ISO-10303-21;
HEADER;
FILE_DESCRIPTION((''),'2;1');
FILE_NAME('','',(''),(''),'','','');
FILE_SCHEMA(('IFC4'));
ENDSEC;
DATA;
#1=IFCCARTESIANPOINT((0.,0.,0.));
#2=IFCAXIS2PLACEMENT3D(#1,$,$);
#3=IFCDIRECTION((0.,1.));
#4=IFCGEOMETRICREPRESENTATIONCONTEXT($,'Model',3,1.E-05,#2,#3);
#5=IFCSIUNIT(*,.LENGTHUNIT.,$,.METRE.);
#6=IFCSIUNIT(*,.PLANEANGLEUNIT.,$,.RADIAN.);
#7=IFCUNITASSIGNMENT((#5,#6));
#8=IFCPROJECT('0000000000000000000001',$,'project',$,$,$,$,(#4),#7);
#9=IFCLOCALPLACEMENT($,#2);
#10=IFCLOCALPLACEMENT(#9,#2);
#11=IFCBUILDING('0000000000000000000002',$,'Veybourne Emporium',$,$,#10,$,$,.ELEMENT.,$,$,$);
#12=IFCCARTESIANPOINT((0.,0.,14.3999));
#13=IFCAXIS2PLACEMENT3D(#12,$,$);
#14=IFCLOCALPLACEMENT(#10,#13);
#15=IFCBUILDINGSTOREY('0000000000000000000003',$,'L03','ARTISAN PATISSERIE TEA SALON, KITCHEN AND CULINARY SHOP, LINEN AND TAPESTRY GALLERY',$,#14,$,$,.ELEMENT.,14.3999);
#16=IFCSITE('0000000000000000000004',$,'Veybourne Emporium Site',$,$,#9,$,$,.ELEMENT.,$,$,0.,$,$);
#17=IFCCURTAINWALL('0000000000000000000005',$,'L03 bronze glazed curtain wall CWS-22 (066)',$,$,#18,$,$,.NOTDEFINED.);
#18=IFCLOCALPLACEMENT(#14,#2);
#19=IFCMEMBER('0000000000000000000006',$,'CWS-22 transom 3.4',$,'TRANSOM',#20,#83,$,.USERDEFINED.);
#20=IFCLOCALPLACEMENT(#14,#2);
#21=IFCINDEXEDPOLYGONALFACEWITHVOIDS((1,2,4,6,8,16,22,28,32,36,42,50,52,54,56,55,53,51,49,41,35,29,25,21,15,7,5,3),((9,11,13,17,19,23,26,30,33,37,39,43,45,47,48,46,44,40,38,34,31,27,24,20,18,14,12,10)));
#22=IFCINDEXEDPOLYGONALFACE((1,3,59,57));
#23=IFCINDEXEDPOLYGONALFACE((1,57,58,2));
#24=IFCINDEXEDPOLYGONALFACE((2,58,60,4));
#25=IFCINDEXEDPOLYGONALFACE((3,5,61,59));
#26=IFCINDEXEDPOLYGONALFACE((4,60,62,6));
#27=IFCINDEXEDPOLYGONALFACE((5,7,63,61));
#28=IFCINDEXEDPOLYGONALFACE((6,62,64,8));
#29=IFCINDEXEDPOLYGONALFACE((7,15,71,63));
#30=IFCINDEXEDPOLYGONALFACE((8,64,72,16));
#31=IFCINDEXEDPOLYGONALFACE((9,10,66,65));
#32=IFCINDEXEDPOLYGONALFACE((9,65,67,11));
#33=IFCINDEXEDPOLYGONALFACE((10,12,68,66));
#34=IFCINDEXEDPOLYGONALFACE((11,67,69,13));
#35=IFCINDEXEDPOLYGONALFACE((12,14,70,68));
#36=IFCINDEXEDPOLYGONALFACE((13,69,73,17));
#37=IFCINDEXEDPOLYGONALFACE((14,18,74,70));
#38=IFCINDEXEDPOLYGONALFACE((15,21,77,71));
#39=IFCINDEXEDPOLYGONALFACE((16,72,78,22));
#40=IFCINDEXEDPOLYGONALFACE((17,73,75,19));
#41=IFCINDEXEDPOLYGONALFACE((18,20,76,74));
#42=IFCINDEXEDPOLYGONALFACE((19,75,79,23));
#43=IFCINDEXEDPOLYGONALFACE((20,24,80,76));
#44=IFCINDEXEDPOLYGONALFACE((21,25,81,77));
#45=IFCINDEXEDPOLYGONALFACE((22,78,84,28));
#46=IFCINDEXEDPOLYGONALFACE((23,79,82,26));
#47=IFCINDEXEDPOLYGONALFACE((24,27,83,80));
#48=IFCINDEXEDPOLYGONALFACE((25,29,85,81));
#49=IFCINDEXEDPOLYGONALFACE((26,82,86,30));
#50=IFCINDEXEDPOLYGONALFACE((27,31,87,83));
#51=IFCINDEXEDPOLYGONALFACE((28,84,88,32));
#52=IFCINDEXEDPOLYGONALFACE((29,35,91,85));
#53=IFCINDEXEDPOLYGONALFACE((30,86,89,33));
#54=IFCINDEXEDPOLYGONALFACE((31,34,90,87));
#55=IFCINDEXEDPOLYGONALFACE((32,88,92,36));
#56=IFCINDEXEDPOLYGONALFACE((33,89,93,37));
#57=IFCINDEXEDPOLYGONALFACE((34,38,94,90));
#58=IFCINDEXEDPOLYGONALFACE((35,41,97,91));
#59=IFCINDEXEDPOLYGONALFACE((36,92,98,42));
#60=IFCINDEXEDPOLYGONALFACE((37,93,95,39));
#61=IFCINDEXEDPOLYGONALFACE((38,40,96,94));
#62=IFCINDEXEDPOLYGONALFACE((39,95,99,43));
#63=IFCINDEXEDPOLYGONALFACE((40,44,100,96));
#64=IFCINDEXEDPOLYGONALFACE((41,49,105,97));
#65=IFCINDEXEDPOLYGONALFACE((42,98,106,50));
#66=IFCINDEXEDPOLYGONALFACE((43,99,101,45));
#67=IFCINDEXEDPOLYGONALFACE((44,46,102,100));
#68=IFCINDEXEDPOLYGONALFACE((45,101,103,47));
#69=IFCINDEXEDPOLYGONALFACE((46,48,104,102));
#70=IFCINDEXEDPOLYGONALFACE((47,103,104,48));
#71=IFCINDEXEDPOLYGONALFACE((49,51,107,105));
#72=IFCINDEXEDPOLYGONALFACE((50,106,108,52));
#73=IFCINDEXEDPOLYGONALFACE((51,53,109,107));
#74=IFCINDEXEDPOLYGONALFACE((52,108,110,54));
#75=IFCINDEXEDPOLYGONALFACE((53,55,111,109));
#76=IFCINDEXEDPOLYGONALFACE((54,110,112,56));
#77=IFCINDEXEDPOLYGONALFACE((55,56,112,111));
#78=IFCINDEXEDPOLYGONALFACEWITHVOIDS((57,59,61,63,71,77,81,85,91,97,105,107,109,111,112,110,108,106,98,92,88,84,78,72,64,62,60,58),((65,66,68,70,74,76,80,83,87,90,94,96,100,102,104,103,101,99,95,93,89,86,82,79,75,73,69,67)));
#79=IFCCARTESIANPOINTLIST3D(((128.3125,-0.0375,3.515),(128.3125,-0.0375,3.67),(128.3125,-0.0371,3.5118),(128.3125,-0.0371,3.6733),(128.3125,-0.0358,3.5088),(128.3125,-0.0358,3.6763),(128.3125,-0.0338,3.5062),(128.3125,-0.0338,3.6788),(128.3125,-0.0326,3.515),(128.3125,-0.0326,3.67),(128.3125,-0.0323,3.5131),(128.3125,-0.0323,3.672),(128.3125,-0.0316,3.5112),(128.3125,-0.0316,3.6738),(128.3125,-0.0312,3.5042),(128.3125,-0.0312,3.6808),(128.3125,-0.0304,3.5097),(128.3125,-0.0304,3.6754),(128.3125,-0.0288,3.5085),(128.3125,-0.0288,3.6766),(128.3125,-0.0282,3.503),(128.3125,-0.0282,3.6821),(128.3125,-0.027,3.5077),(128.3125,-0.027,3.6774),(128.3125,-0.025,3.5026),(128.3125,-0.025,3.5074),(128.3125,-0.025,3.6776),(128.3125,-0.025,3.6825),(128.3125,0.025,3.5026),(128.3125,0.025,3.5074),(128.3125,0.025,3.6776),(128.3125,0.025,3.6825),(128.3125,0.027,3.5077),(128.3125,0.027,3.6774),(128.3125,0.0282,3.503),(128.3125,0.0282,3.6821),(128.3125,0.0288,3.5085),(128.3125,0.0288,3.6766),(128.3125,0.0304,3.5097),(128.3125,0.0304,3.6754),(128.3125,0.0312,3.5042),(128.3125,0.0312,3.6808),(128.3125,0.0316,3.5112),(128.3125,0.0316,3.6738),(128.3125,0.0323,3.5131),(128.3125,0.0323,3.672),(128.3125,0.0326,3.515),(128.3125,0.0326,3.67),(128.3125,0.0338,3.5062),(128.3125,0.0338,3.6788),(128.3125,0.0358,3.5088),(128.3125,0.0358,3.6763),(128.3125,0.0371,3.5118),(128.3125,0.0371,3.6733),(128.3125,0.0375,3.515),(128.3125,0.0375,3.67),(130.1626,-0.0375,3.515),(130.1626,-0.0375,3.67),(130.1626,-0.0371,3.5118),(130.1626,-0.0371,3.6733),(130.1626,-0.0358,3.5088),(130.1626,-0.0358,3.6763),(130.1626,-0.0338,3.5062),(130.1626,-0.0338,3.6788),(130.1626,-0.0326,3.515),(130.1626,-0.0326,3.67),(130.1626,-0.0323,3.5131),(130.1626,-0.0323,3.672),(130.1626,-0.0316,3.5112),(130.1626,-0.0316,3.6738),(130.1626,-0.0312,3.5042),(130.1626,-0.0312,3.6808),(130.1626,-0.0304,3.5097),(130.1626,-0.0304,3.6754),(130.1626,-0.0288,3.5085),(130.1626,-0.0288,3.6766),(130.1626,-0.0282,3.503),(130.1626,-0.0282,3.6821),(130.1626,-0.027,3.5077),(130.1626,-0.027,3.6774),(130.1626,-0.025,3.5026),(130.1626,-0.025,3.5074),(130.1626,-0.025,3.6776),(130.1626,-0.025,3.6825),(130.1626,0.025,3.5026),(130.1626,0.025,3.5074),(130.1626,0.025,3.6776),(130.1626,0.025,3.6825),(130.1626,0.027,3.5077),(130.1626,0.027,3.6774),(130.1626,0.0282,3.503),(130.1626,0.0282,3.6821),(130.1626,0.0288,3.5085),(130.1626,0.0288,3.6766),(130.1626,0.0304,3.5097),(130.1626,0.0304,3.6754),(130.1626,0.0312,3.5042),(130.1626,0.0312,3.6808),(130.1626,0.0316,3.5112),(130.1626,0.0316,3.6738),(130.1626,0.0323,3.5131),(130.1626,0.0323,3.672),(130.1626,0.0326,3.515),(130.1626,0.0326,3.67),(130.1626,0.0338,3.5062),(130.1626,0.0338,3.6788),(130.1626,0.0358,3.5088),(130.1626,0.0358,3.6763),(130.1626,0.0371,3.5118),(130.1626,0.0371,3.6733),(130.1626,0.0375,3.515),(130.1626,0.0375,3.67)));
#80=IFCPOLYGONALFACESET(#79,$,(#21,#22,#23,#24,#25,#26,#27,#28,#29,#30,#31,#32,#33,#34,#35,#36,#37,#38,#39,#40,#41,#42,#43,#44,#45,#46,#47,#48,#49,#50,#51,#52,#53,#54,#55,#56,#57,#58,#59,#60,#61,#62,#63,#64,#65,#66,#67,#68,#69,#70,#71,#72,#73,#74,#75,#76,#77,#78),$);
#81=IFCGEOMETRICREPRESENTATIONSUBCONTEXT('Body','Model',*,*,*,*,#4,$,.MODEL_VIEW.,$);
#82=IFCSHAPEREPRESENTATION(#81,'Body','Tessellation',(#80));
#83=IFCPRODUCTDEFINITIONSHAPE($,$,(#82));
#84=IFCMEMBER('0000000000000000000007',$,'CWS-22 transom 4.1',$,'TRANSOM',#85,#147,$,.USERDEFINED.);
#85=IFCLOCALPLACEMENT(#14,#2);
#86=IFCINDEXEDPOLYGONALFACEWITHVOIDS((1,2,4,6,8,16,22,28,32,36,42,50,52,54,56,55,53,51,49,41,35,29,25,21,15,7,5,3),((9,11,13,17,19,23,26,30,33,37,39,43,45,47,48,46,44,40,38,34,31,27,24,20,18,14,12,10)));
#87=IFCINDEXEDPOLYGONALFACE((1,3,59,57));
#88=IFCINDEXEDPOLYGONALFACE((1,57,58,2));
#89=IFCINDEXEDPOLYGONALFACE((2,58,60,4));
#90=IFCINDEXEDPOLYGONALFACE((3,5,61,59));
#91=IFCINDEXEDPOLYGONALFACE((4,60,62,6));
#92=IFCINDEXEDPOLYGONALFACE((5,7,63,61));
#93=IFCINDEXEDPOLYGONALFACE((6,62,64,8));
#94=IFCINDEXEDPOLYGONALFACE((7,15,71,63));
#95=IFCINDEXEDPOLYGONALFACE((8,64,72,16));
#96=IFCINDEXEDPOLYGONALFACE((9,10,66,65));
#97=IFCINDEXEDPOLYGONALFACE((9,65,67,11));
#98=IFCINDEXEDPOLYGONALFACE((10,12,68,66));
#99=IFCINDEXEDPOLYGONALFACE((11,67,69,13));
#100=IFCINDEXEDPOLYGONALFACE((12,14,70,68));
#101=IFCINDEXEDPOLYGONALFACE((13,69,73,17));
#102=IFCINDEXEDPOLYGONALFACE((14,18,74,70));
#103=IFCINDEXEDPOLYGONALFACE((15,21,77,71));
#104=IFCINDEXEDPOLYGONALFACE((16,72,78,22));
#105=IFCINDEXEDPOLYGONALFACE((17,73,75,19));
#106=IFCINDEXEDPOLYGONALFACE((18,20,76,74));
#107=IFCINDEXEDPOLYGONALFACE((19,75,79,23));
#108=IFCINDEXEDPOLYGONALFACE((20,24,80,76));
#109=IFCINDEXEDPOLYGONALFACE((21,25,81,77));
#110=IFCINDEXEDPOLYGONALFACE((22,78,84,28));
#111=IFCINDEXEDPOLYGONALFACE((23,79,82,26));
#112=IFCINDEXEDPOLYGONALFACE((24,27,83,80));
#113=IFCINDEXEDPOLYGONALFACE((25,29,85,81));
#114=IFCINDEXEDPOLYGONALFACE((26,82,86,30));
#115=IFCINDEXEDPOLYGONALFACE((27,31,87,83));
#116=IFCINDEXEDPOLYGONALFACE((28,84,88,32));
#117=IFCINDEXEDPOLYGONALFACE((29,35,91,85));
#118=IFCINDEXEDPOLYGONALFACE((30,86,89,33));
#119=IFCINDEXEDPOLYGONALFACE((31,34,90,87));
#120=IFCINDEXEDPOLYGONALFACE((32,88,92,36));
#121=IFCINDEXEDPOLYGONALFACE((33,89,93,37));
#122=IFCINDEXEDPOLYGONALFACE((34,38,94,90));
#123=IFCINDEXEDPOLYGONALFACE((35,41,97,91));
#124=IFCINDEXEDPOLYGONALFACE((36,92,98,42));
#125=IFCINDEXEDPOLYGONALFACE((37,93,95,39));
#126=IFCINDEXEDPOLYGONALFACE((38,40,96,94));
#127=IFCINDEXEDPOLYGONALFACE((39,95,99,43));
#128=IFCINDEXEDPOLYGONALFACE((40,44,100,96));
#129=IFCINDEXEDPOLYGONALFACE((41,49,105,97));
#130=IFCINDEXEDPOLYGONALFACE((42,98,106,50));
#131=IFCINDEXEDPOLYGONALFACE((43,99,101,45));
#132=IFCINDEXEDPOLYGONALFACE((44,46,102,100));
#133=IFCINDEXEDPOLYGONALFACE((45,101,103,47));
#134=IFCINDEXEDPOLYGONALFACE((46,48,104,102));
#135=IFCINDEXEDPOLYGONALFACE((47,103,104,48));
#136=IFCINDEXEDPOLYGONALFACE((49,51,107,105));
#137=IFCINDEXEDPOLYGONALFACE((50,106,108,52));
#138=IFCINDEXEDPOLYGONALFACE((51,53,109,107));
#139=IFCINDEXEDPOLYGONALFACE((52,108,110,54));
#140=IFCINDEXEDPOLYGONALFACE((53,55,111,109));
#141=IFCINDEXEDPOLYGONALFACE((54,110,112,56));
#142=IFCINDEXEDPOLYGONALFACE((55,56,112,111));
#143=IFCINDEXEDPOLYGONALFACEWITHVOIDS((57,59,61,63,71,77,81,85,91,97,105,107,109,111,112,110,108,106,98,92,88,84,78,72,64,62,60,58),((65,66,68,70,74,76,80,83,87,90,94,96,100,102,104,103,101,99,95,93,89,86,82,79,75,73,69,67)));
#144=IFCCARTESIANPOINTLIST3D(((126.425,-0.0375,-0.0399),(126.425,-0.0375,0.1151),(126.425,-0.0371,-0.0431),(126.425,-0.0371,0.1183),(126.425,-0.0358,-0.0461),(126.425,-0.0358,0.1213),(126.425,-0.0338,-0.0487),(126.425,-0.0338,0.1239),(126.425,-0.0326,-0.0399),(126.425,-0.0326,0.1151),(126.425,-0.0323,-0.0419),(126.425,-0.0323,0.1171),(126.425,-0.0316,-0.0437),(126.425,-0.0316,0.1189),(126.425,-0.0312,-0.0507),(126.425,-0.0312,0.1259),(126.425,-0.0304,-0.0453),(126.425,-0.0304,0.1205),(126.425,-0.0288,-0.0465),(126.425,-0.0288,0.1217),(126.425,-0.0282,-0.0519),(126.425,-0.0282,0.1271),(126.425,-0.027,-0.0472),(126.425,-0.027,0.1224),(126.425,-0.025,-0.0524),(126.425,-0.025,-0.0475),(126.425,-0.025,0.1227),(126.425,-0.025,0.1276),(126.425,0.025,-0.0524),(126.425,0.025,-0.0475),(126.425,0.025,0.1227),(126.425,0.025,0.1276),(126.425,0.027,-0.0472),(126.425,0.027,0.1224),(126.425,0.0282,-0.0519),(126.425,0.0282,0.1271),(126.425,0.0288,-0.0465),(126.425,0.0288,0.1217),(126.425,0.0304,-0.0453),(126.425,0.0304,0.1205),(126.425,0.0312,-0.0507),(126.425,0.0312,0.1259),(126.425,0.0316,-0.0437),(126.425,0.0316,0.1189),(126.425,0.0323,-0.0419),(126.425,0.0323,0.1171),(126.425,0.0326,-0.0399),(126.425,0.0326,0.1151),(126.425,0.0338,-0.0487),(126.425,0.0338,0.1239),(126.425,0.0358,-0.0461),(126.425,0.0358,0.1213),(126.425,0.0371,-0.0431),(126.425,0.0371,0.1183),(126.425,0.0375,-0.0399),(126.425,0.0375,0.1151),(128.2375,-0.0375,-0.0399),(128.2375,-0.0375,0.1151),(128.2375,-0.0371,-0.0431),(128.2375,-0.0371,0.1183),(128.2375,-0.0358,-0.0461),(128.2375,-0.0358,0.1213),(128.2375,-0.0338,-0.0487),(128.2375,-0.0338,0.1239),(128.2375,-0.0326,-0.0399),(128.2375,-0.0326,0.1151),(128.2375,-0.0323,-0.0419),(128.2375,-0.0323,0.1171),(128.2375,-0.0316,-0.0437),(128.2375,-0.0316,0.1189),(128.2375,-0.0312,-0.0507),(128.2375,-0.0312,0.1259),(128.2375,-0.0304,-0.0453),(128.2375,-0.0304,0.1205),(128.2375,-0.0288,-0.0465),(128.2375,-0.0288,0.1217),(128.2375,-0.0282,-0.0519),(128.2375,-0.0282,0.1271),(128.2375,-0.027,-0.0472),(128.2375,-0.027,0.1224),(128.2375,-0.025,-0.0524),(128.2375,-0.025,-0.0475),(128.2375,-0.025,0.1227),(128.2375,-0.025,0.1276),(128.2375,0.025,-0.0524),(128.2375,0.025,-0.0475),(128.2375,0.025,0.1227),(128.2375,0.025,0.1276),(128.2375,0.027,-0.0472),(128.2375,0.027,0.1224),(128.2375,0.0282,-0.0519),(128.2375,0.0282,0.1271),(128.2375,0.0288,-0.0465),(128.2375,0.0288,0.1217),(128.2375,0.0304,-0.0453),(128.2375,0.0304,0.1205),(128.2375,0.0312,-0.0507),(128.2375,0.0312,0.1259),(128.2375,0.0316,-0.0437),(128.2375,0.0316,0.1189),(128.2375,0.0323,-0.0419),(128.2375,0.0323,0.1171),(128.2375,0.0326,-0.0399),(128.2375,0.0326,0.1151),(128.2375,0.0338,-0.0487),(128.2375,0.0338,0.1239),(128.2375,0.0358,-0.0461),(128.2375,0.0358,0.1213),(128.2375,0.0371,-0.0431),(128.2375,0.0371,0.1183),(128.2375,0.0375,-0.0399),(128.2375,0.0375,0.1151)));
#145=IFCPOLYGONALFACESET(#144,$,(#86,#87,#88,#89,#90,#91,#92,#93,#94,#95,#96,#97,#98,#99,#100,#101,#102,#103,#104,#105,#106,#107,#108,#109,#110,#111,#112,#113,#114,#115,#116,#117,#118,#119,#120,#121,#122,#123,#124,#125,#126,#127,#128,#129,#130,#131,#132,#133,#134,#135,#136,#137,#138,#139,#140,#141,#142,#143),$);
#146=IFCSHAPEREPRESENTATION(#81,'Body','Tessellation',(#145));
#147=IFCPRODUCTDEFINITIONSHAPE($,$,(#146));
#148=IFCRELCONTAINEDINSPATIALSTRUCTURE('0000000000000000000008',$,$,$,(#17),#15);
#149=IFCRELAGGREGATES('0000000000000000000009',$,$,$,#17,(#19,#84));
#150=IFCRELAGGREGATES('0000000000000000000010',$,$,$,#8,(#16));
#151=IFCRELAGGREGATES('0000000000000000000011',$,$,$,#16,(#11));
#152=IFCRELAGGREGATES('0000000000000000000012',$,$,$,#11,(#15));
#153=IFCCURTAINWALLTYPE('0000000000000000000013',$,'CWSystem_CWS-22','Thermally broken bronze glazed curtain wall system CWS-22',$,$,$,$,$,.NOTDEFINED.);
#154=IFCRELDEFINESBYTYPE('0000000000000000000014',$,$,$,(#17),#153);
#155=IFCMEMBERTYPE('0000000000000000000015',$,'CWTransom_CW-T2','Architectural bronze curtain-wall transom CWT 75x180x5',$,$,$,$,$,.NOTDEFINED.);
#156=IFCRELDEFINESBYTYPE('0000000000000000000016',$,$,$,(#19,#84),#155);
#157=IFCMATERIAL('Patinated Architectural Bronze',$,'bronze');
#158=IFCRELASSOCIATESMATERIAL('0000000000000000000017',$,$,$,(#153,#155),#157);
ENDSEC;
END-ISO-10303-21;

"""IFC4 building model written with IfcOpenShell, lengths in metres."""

from ifc_helpers import new_model, si_unit, direction, frame, origin, origin_2d, place, context, subcontext, project, spatial, hollow_rectangle, extrude, material, material_profile, profile_set, type_object, element, aggregate, save


model = new_model("IFC4")

# Units and contexts
model_context = context("Model", 3, precision=1e-05, world=origin(), true_north=direction((0.0, 1.0)))
body_context = subcontext(model_context, "Body", "Model", "MODEL_VIEW")
ifc_project = project(units=[si_unit("LENGTHUNIT", "METRE"), si_unit("PLANEANGLEUNIT", "RADIAN")], contexts=[model_context])

# Site, building, storey
site_placement = place(None, origin())
site = spatial("IfcSite", under=ifc_project, at=site_placement, Name="Veybourne Emporium Site", CompositionType="ELEMENT", RefElevation=0.0)
building_placement = place(site_placement, origin())
building = spatial("IfcBuilding", under=site, at=building_placement, Name="Veybourne Emporium", CompositionType="ELEMENT")
storey_placement = place(building_placement, frame((0.0, 0.0, 14.3999)))
storey = spatial("IfcBuildingStorey", under=building, at=storey_placement, Name="L03", Description="ARTISAN PATISSERIE TEA SALON, KITCHEN AND CULINARY SHOP, LINEN AND TAPESTRY GALLERY", CompositionType="ELEMENT", Elevation=14.3999)

# Curtain wall, members
ifc_material_1 = material(Name="Patinated Architectural Bronze", Category="bronze")
curtain_wall_type = type_object("IfcCurtainWallType", Name="CWSystem_CWS-22", Description="Thermally broken bronze glazed curtain wall system CWS-22", PredefinedType="NOTDEFINED", material=ifc_material_1)
curtain_wall_placement = place(storey_placement, origin())
curtain_wall = element("IfcCurtainWall", 1, at=curtain_wall_placement, inside=storey, type_object=curtain_wall_type, Name="L03 bronze glazed curtain wall CWS-22 (066)", PredefinedType="NOTDEFINED")
ifc_material_profile_1 = material_profile(ifc_material_1, hollow_rectangle(XDim=0.075, YDim=0.1799, WallThickness=0.0049, InnerFilletRadius=0.0076, OuterFilletRadius=0.0125, at=origin_2d()), Name="CWT 75x180x5")
ifc_profile_set_1 = profile_set([ifc_material_profile_1], Name="Patinated Architectural Bronze")
member_type_1 = type_object("IfcMemberType", Name="CWTransom_CW-T2", Description="Architectural bronze curtain-wall transom CWT 75x180x5", PredefinedType="NOTDEFINED", material=ifc_profile_set_1)
member_1_placement = place(storey_placement, frame((130.1626, 0.0, 3.5925), z_axis=(-1.0, 0.0, 0.0), x_axis=(0.0, -1.0, 0.0)))
member_1 = element("IfcMember", 2, at=member_1_placement, type_object=member_type_1, Name="CWS-22 transom 3.4", ObjectType="TRANSOM", PredefinedType="USERDEFINED", context=body_context, shape_type="SweptSolid", body=[
    extrude(hollow_rectangle(XDim=0.075, YDim=0.1799, WallThickness=0.0049, InnerFilletRadius=0.0076, OuterFilletRadius=0.0125, at=origin_2d()), origin(), (0.0, 0.0, 1.0), 1.8501),
])
member_2_placement = place(storey_placement, frame((128.2375, 0.0, 0.0376), z_axis=(-1.0, 0.0, 0.0), x_axis=(0.0, -1.0, 0.0)))
member_2 = element("IfcMember", 3, at=member_2_placement, type_object=member_type_1, Name="CWS-22 transom 4.1", ObjectType="TRANSOM", PredefinedType="USERDEFINED", context=body_context, shape_type="SweptSolid", body=[
    extrude(hollow_rectangle(XDim=0.075, YDim=0.1799, WallThickness=0.0049, InnerFilletRadius=0.0076, OuterFilletRadius=0.0125, at=origin_2d()), origin(), (0.0, 0.0, 1.0), 1.8125),
])

aggregate(curtain_wall, [member_1, member_2])

save(model, "model.ifc")
